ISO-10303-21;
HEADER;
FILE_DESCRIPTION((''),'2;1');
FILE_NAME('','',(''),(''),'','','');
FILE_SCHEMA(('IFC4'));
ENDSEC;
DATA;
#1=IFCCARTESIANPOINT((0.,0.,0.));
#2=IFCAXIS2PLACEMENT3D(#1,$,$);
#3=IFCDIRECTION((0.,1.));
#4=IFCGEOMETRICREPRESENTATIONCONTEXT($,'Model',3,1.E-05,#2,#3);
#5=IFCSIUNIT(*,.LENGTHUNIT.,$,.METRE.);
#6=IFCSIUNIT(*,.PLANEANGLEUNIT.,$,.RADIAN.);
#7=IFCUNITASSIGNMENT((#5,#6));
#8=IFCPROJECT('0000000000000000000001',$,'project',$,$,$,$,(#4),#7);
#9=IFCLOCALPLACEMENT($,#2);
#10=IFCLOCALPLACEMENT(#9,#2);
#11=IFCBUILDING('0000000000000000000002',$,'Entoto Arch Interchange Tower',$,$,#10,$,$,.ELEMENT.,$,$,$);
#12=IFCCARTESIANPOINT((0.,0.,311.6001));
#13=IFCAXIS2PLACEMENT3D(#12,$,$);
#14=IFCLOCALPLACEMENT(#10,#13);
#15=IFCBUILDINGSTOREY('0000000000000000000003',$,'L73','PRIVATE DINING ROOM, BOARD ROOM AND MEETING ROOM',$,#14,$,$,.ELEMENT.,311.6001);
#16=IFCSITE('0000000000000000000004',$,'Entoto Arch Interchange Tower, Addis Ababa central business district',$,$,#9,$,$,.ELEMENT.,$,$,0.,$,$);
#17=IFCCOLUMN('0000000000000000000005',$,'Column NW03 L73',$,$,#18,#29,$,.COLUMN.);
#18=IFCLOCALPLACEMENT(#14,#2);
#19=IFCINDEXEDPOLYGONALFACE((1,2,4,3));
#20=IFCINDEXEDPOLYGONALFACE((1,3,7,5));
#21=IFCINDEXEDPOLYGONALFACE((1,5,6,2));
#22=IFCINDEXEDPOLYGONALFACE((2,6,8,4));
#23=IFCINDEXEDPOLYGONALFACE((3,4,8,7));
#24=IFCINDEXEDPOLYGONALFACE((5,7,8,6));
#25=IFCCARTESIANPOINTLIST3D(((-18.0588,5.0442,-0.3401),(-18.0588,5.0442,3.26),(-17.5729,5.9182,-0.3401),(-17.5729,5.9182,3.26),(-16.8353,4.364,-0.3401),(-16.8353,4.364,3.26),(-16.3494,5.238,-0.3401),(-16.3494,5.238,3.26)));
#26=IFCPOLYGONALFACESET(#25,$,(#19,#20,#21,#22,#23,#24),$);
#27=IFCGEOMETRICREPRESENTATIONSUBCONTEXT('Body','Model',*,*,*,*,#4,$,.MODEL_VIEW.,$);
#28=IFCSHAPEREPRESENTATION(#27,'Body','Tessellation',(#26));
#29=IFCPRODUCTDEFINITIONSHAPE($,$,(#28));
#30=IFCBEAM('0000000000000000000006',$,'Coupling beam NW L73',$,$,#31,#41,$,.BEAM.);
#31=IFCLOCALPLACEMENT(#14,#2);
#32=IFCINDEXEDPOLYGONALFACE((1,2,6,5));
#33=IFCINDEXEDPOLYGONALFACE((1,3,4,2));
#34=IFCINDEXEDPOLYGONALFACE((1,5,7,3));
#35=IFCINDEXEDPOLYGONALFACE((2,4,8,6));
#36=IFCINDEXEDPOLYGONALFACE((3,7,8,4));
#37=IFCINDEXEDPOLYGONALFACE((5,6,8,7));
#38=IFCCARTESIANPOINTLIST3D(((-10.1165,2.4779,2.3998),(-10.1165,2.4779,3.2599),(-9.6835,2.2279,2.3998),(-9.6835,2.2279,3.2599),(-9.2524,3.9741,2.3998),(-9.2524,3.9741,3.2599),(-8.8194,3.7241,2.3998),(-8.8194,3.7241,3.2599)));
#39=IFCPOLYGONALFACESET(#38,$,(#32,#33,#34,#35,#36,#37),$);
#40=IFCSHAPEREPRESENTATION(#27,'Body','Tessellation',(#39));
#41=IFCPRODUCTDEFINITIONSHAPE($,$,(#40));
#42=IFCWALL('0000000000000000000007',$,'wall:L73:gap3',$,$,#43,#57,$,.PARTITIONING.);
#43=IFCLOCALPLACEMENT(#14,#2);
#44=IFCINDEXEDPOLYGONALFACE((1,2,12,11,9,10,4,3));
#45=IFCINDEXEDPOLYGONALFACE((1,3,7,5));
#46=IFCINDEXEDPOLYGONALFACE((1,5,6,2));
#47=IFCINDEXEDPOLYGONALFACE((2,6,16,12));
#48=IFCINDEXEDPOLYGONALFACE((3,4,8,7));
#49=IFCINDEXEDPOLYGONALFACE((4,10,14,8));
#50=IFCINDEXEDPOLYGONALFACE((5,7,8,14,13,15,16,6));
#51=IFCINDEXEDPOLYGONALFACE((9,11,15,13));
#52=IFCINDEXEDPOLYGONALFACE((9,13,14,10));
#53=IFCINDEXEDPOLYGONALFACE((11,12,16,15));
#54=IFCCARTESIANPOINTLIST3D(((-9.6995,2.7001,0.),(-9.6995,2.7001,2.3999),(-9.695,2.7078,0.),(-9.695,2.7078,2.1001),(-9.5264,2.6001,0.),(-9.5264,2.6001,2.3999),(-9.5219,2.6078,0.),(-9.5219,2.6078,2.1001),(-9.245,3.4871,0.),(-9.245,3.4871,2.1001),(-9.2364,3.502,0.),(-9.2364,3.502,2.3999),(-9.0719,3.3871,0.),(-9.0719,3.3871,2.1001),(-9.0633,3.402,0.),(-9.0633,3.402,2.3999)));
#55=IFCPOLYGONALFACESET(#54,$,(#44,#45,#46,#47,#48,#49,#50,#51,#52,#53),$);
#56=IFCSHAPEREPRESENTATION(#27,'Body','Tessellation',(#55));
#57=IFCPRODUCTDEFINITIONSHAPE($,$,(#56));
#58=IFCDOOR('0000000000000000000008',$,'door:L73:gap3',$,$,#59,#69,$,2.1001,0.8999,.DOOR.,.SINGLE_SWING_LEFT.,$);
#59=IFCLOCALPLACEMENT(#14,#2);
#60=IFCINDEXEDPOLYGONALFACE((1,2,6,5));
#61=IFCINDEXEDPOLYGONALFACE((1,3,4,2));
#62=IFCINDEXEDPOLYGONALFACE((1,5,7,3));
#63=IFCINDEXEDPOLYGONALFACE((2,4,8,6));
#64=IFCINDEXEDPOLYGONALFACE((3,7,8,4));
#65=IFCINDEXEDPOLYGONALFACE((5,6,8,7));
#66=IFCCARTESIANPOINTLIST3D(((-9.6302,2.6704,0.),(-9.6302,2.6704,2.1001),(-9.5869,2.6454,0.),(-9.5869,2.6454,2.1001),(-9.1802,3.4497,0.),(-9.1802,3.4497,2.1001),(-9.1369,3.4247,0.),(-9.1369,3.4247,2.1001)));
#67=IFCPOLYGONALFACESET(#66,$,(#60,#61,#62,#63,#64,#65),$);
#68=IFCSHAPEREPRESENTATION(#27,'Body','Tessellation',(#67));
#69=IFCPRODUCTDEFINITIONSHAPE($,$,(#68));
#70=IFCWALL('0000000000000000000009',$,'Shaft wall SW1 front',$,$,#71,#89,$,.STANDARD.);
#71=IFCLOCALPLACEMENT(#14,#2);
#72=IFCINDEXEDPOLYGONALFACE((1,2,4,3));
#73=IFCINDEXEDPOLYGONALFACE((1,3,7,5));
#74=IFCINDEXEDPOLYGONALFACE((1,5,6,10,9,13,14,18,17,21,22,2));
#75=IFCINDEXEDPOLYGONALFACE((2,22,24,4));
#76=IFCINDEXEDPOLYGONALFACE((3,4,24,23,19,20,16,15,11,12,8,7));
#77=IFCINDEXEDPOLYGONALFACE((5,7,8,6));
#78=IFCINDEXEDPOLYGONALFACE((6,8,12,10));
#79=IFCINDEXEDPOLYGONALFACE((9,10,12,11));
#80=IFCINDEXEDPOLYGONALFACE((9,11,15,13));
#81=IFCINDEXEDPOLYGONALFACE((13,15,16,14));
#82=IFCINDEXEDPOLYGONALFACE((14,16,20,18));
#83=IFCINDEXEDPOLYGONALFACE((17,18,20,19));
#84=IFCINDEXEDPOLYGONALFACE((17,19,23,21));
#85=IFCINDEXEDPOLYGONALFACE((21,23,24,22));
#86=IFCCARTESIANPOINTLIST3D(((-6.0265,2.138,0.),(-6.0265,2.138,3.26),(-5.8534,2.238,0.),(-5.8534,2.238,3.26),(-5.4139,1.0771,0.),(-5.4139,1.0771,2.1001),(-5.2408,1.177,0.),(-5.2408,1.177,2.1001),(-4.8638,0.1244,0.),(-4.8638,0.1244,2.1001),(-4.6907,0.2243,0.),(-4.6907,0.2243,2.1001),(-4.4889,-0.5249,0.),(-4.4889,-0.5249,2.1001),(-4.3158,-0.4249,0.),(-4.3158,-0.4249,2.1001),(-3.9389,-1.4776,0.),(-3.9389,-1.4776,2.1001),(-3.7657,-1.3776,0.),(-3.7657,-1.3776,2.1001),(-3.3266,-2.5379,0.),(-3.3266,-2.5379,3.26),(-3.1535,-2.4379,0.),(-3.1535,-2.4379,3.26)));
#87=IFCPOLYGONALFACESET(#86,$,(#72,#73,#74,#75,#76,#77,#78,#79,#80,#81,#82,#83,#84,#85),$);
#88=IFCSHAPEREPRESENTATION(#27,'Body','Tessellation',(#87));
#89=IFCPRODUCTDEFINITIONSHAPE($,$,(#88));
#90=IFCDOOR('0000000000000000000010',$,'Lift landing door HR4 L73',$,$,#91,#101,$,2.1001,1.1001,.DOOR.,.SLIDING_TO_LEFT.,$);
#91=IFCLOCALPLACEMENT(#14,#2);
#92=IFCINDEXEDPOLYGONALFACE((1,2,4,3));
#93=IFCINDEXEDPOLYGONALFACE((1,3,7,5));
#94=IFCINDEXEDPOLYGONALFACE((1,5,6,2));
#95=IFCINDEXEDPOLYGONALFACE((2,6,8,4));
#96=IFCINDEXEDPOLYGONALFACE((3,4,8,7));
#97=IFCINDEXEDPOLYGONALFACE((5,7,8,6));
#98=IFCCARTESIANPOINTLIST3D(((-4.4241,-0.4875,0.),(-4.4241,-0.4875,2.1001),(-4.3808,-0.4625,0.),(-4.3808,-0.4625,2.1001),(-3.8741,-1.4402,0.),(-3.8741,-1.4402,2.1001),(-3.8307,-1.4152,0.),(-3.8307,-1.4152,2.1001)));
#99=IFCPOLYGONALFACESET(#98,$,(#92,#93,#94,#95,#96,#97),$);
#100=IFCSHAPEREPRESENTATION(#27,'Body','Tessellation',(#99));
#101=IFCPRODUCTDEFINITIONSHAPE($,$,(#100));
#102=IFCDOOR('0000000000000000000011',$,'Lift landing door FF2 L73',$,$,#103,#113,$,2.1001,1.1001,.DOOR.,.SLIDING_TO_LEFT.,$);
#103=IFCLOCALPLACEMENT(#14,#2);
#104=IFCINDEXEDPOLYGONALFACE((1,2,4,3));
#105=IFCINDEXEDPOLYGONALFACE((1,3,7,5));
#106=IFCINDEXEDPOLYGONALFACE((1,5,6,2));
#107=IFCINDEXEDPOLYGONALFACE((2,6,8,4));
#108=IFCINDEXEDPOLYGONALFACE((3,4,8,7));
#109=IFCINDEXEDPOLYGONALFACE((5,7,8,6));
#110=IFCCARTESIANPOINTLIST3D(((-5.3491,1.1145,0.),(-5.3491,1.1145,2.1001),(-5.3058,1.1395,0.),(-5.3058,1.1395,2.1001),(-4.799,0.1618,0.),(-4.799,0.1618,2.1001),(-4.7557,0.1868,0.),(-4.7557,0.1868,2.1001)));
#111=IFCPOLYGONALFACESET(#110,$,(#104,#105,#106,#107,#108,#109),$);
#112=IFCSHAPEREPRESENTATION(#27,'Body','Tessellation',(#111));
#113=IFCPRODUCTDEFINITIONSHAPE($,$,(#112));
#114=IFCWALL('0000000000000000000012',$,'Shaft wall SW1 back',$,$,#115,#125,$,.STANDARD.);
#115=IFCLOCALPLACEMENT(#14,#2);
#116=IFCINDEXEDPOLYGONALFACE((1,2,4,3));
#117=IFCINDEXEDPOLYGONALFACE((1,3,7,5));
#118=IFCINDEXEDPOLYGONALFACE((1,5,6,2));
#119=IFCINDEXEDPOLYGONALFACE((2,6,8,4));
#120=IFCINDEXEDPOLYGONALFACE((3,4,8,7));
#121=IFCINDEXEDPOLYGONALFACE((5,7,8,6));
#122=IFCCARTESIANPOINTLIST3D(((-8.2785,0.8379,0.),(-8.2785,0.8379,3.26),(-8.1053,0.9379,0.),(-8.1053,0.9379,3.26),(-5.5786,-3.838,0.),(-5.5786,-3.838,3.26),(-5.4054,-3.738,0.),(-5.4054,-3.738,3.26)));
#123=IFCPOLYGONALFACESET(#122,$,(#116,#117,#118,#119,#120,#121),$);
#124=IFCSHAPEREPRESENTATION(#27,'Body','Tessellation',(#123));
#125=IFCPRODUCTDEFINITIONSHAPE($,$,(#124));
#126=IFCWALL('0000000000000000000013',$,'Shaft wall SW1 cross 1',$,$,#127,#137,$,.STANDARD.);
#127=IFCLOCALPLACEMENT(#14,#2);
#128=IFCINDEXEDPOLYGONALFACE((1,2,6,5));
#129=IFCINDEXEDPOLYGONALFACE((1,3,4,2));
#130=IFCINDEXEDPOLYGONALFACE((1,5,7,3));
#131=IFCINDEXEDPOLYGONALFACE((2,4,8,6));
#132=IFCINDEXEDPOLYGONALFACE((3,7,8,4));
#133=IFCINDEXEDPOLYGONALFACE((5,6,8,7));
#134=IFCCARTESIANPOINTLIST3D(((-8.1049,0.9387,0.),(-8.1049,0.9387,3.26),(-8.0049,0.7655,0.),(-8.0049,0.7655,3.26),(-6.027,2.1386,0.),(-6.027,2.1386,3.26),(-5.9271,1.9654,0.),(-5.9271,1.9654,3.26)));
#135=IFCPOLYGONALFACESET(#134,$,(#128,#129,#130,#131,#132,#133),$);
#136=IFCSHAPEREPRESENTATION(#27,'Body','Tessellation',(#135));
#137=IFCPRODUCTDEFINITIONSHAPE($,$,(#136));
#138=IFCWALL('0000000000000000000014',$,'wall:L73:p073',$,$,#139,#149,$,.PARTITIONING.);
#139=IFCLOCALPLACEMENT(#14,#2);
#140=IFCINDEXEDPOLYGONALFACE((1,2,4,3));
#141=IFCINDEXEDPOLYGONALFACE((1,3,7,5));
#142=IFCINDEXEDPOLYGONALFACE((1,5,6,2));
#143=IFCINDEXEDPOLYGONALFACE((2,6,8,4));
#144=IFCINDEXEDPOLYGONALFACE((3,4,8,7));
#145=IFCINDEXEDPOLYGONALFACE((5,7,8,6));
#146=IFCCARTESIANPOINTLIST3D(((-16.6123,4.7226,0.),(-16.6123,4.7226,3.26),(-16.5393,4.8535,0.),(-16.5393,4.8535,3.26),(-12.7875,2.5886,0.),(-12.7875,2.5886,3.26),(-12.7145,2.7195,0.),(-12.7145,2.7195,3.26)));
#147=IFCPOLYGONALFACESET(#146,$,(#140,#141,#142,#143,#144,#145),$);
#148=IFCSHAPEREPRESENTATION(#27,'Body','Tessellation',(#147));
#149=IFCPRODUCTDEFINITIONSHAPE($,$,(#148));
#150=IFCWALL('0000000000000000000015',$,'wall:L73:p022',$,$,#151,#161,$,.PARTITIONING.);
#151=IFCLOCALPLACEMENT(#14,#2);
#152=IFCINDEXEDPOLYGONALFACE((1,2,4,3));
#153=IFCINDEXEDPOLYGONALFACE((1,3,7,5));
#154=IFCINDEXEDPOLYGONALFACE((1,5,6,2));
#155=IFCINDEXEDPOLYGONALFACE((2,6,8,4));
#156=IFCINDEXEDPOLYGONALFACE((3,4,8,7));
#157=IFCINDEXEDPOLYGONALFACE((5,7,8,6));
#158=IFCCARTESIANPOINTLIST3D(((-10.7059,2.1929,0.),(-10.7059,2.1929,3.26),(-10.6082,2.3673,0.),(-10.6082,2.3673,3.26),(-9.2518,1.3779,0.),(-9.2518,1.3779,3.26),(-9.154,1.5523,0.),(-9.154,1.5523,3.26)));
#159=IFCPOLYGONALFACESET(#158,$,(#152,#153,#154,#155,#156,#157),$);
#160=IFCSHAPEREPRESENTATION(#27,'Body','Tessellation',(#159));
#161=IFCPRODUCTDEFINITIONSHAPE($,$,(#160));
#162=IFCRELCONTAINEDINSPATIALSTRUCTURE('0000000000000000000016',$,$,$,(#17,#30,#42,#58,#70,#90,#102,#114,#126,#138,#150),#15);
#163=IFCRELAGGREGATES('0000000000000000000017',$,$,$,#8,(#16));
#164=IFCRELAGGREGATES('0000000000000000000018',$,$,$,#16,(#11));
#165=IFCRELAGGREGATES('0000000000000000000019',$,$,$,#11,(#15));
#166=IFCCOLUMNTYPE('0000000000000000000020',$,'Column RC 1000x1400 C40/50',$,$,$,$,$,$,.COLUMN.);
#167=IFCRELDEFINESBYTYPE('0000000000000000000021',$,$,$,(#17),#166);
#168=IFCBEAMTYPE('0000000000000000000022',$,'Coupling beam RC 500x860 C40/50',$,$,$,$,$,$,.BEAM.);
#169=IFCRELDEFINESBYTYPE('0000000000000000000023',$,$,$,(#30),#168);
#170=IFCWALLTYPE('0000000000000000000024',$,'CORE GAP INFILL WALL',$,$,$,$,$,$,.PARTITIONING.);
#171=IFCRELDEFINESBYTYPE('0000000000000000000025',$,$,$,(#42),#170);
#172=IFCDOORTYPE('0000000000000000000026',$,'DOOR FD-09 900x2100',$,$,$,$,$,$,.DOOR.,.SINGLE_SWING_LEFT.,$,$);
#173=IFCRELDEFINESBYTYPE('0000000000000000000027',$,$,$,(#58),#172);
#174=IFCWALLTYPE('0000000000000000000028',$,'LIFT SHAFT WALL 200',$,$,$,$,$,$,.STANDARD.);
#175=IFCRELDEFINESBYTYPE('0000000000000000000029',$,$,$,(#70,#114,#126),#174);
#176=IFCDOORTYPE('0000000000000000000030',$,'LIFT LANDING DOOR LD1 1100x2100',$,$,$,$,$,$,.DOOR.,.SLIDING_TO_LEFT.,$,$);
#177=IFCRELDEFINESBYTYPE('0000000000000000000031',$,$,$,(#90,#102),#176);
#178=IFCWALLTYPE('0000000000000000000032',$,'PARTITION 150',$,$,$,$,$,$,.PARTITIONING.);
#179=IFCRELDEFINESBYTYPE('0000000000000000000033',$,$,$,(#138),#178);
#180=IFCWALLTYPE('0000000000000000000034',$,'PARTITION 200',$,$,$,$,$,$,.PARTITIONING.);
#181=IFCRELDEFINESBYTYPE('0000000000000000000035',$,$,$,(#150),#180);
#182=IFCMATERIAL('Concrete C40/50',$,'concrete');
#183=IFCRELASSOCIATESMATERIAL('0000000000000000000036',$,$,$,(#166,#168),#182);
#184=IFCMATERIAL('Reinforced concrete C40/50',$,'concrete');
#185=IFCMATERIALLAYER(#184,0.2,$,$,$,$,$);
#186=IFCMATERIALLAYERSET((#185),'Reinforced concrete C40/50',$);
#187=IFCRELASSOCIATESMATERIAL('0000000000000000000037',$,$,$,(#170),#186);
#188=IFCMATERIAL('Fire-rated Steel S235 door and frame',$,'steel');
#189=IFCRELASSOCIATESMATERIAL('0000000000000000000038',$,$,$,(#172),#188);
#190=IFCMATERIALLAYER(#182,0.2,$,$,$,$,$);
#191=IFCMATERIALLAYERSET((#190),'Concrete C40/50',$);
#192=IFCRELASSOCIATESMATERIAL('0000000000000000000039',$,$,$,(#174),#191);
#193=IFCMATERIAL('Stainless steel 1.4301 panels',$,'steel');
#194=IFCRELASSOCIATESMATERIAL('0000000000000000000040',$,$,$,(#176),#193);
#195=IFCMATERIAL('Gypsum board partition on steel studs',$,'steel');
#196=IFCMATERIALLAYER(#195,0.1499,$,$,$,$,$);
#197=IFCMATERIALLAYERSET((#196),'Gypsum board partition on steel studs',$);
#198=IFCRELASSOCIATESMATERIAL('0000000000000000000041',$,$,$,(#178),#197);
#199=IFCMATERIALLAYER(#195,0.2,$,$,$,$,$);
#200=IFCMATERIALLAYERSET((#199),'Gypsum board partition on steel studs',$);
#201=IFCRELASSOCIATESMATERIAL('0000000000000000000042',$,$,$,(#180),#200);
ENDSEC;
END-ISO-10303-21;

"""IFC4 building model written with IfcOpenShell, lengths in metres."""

from ifc_helpers import new_model, si_unit, direction, frame, frame_2d, origin, origin_2d, place, context, subcontext, project, spatial, rectangle, extrude, material, layer, layer_set, material_profile, profile_set, type_object, element, fill, save


model = new_model("IFC4")

# Units and contexts
model_context = context("Model", 3, precision=1e-05, world=origin(), true_north=direction((0.0, 1.0)))
body_context = subcontext(model_context, "Body", "Model", "MODEL_VIEW")
ifc_project = project(units=[si_unit("LENGTHUNIT", "METRE"), si_unit("PLANEANGLEUNIT", "RADIAN")], contexts=[model_context])

# Site, building, storey
site_placement = place(None, origin())
site = spatial("IfcSite", under=ifc_project, at=site_placement, Name="Entoto Arch Interchange Tower, Addis Ababa central business district", CompositionType="ELEMENT", RefElevation=0.0)
building_placement = place(site_placement, origin())
building = spatial("IfcBuilding", under=site, at=building_placement, Name="Entoto Arch Interchange Tower", CompositionType="ELEMENT")
storey_placement = place(building_placement, frame((0.0, 0.0, 311.6001)))
storey = spatial("IfcBuildingStorey", under=building, at=storey_placement, Name="L73", Description="PRIVATE DINING ROOM, BOARD ROOM AND MEETING ROOM", CompositionType="ELEMENT", Elevation=311.6001)

# Column
ifc_material_1 = material(Name="Concrete C40/50", Category="concrete")
ifc_material_profile_1 = material_profile(ifc_material_1, rectangle(XDim=1.0, YDim=1.3999, at=origin_2d()))
ifc_profile_set_1 = profile_set([ifc_material_profile_1], Name="Concrete C40/50")
column_type = type_object("IfcColumnType", Name="Column RC 1000x1400 C40/50", PredefinedType="COLUMN", material=ifc_profile_set_1)
column_placement = place(storey_placement, frame((-17.2041, 5.1411, -0.3401), z_axis=(0.0, 0.0, 1.0), x_axis=(0.485924, 0.874001, 0.0)))
element("IfcColumn", 1, at=column_placement, inside=storey, type_object=column_type, Name="Column NW03 L73", PredefinedType="COLUMN", context=body_context, shape_type="SweptSolid", body=[
    extrude(rectangle(XDim=1.0, YDim=1.3999, at=origin_2d()), origin(), (0.0, 0.0, 1.0), 3.6001),
])

# Beam
ifc_material_profile_2 = material_profile(ifc_material_1, rectangle(XDim=0.5, YDim=0.8601, at=origin_2d()))
ifc_profile_set_2 = profile_set([ifc_material_profile_2], Name="Concrete C40/50")
beam_type = type_object("IfcBeamType", Name="Coupling beam RC 500x860 C40/50", PredefinedType="BEAM", material=ifc_profile_set_2)
beam_placement = place(storey_placement, frame((-9.0359, 3.8491, 2.8298), z_axis=(-0.500106, -0.865964, 0.0), x_axis=(0.865964, -0.500106, 0.0)))
element("IfcBeam", 2, at=beam_placement, inside=storey, type_object=beam_type, Name="Coupling beam NW L73", PredefinedType="BEAM", context=body_context, shape_type="SweptSolid", body=[
    extrude(rectangle(XDim=0.5, YDim=0.8601, at=origin_2d()), origin(), (0.0, 0.0, 1.0), 1.7278),
])

# Wall, opening, door
ifc_material_2 = material(Name="Reinforced concrete C40/50", Category="concrete")
ifc_layer_1 = layer(ifc_material_2, 0.2)
ifc_layer_set_1 = layer_set([ifc_layer_1], Name="Reinforced concrete C40/50")
wall_type_1 = type_object("IfcWallType", Name="CORE GAP INFILL WALL", PredefinedType="PARTITIONING", material=ifc_layer_set_1)
wall_1_placement = place(storey_placement, frame((-9.1499, 3.4519, 0.0), z_axis=(0.0, 0.0, 1.0), x_axis=(-0.50008, -0.865979, 0.0)))
wall_1 = element("IfcWall", 3, at=wall_1_placement, inside=storey, type_object=wall_type_1, Name="wall:L73:gap3", PredefinedType="PARTITIONING", context=body_context, shape_type="SweptSolid", body=[
    extrude(rectangle(XDim=0.926, YDim=0.2, at=frame_2d((0.4629, 0.0))), origin(), (0.0, 0.0, 1.0), 2.3999),
])
opening_1_placement = place(wall_1_placement, frame((0.0171, 0.0, 0.0)))
opening_1 = element("IfcOpeningElement", 4, at=opening_1_placement, cuts=wall_1, PredefinedType="OPENING", context=body_context, shape_type="SweptSolid", body=[
    extrude(rectangle(XDim=0.8999, YDim=2.1001, at=frame_2d((0.45, 1.05))), frame((0.0, 0.1099, 0.0), z_axis=(0.0, -1.0, 0.0), x_axis=(1.0, 0.0, 0.0)), (0.0, 0.0, 1.0), 0.22),
])
ifc_material_3 = material(Name="Fire-rated Steel S235 door and frame", Category="steel")
door_type_1 = type_object("IfcDoorType", Name="DOOR FD-09 900x2100", OperationType="SINGLE_SWING_LEFT", PredefinedType="DOOR", material=ifc_material_3)
door_1_placement = place(opening_1_placement, origin())
door_1 = element("IfcDoor", 5, at=door_1_placement, inside=storey, type_object=door_type_1, Name="door:L73:gap3", OperationType="SINGLE_SWING_LEFT", OverallHeight=2.1001, OverallWidth=0.8999, PredefinedType="DOOR", context=body_context, shape_type="SweptSolid", body=[
    extrude(rectangle(XDim=0.8999, YDim=2.1001, at=frame_2d((0.45, 1.05))), frame((0.0, 0.0249, 0.0), z_axis=(0.0, -1.0, 0.0), x_axis=(1.0, 0.0, 0.0)), (0.0, 0.0, 1.0), 0.05),
])
fill(opening_1, door_1)

# Wall, openings, doors
ifc_layer_2 = layer(ifc_material_1, 0.2)
ifc_layer_set_2 = layer_set([ifc_layer_2], Name="Concrete C40/50")
wall_type_2 = type_object("IfcWallType", Name="LIFT SHAFT WALL 200", PredefinedType="STANDARD", material=ifc_layer_set_2)
wall_2_placement = place(storey_placement, frame((-5.9399, 2.188, 0.0), z_axis=(0.0, 0.0, 1.0), x_axis=(0.500034, -0.866006, 0.0)))
wall_2 = element("IfcWall", 6, at=wall_2_placement, inside=storey, type_object=wall_type_2, Name="Shaft wall SW1 front", PredefinedType="STANDARD", context=body_context, shape_type="SweptSolid", body=[
    extrude(rectangle(XDim=5.3994, YDim=0.2, at=frame_2d((2.6997, 0.0))), origin(), (0.0, 0.0, 1.0), 3.26),
])
opening_2_placement = place(wall_2_placement, frame((3.075, 0.0, 0.0)))
opening_2 = element("IfcOpeningElement", 7, at=opening_2_placement, cuts=wall_2, PredefinedType="OPENING", context=body_context, shape_type="SweptSolid", body=[
    extrude(rectangle(XDim=1.1001, YDim=2.1001, at=frame_2d((0.55, 1.05))), frame((0.0, 0.1099, 0.0), z_axis=(0.0, -1.0, 0.0), x_axis=(1.0, 0.0, 0.0)), (0.0, 0.0, 1.0), 0.22),
])
opening_3_placement = place(wall_2_placement, frame((1.2251, 0.0, 0.0)))
opening_3 = element("IfcOpeningElement", 8, at=opening_3_placement, cuts=wall_2, PredefinedType="OPENING", context=body_context, shape_type="SweptSolid", body=[
    extrude(rectangle(XDim=1.1001, YDim=2.1001, at=frame_2d((0.55, 1.05))), frame((0.0, 0.1099, 0.0), z_axis=(0.0, -1.0, 0.0), x_axis=(1.0, 0.0, 0.0)), (0.0, 0.0, 1.0), 0.22),
])
ifc_material_4 = material(Name="Stainless steel 1.4301 panels", Category="steel")
door_type_2 = type_object("IfcDoorType", Name="LIFT LANDING DOOR LD1 1100x2100", OperationType="SLIDING_TO_LEFT", PredefinedType="DOOR", material=ifc_material_4)
door_2_placement = place(opening_2_placement, origin())
door_2 = element("IfcDoor", 9, at=door_2_placement, inside=storey, type_object=door_type_2, Name="Lift landing door HR4 L73", OperationType="SLIDING_TO_LEFT", OverallHeight=2.1001, OverallWidth=1.1001, PredefinedType="DOOR", context=body_context, shape_type="SweptSolid", body=[
    extrude(rectangle(XDim=1.1001, YDim=2.1001, at=frame_2d((0.55, 1.05))), frame((0.0, 0.0249, 0.0), z_axis=(0.0, -1.0, 0.0), x_axis=(1.0, 0.0, 0.0)), (0.0, 0.0, 1.0), 0.05),
])
fill(opening_2, door_2)
door_3_placement = place(opening_3_placement, origin())
door_3 = element("IfcDoor", 10, at=door_3_placement, inside=storey, type_object=door_type_2, Name="Lift landing door FF2 L73", OperationType="SLIDING_TO_LEFT", OverallHeight=2.1001, OverallWidth=1.1001, PredefinedType="DOOR", context=body_context, shape_type="SweptSolid", body=[
    extrude(rectangle(XDim=1.1001, YDim=2.1001, at=frame_2d((0.55, 1.05))), frame((0.0, 0.0249, 0.0), z_axis=(0.0, -1.0, 0.0), x_axis=(1.0, 0.0, 0.0)), (0.0, 0.0, 1.0), 0.05),
])
fill(opening_3, door_3)

# Walls
wall_3_placement = place(storey_placement, frame((-8.1919, 0.8879, 0.0), z_axis=(0.0, 0.0, 1.0), x_axis=(0.500034, -0.866006, 0.0)))
element("IfcWall", 11, at=wall_3_placement, inside=storey, type_object=wall_type_2, Name="Shaft wall SW1 back", PredefinedType="STANDARD", context=body_context, shape_type="SweptSolid", body=[
    extrude(rectangle(XDim=5.3994, YDim=0.2, at=frame_2d((2.6997, 0.0))), origin(), (0.0, 0.0, 1.0), 3.26),
])
wall_4_placement = place(storey_placement, frame((-5.9771, 2.052, 0.0), z_axis=(0.0, 0.0, 1.0), x_axis=(-0.865974, -0.500089, 0.0)))
element("IfcWall", 12, at=wall_4_placement, inside=storey, type_object=wall_type_2, Name="Shaft wall SW1 cross 1", PredefinedType="STANDARD", context=body_context, shape_type="SweptSolid", body=[
    extrude(rectangle(XDim=2.3994, YDim=0.2, at=frame_2d((1.1997, 0.0))), origin(), (0.0, 0.0, 1.0), 3.26),
])
ifc_material_5 = material(Name="Gypsum board partition on steel studs", Category="steel")
ifc_layer_3 = layer(ifc_material_5, 0.1499)
ifc_layer_set_3 = layer_set([ifc_layer_3], Name="Gypsum board partition on steel studs")
wall_type_3 = type_object("IfcWallType", Name="PARTITION 150", PredefinedType="PARTITIONING", material=ifc_layer_set_3)
wall_5_placement = place(storey_placement, frame((-12.751, 2.6541, 0.0), z_axis=(0.0, 0.0, 1.0), x_axis=(-0.873278, 0.487223, 0.0)))
element("IfcWall", 13, at=wall_5_placement, inside=storey, type_object=wall_type_3, Name="wall:L73:p073", PredefinedType="PARTITIONING", context=body_context, shape_type="SweptSolid", body=[
    extrude(rectangle(XDim=4.3799, YDim=0.1499, at=frame_2d((2.1899, 0.0))), origin(), (0.0, 0.0, 1.0), 3.26),
])
ifc_layer_4 = layer(ifc_material_5, 0.2)
ifc_layer_set_4 = layer_set([ifc_layer_4], Name="Gypsum board partition on steel studs")
wall_type_4 = type_object("IfcWallType", Name="PARTITION 200", PredefinedType="PARTITIONING", material=ifc_layer_set_4)
wall_6_placement = place(storey_placement, frame((-9.2029, 1.4651, 0.0), z_axis=(0.0, 0.0, 1.0), x_axis=(-0.872341, 0.488898, 0.0)))
element("IfcWall", 14, at=wall_6_placement, inside=storey, type_object=wall_type_4, Name="wall:L73:p022", PredefinedType="PARTITIONING", context=body_context, shape_type="SweptSolid", body=[
    extrude(rectangle(XDim=1.667, YDim=0.2, at=frame_2d((0.8335, 0.0))), origin(), (0.0, 0.0, 1.0), 3.26),
])

save(model, "model.ifc")
